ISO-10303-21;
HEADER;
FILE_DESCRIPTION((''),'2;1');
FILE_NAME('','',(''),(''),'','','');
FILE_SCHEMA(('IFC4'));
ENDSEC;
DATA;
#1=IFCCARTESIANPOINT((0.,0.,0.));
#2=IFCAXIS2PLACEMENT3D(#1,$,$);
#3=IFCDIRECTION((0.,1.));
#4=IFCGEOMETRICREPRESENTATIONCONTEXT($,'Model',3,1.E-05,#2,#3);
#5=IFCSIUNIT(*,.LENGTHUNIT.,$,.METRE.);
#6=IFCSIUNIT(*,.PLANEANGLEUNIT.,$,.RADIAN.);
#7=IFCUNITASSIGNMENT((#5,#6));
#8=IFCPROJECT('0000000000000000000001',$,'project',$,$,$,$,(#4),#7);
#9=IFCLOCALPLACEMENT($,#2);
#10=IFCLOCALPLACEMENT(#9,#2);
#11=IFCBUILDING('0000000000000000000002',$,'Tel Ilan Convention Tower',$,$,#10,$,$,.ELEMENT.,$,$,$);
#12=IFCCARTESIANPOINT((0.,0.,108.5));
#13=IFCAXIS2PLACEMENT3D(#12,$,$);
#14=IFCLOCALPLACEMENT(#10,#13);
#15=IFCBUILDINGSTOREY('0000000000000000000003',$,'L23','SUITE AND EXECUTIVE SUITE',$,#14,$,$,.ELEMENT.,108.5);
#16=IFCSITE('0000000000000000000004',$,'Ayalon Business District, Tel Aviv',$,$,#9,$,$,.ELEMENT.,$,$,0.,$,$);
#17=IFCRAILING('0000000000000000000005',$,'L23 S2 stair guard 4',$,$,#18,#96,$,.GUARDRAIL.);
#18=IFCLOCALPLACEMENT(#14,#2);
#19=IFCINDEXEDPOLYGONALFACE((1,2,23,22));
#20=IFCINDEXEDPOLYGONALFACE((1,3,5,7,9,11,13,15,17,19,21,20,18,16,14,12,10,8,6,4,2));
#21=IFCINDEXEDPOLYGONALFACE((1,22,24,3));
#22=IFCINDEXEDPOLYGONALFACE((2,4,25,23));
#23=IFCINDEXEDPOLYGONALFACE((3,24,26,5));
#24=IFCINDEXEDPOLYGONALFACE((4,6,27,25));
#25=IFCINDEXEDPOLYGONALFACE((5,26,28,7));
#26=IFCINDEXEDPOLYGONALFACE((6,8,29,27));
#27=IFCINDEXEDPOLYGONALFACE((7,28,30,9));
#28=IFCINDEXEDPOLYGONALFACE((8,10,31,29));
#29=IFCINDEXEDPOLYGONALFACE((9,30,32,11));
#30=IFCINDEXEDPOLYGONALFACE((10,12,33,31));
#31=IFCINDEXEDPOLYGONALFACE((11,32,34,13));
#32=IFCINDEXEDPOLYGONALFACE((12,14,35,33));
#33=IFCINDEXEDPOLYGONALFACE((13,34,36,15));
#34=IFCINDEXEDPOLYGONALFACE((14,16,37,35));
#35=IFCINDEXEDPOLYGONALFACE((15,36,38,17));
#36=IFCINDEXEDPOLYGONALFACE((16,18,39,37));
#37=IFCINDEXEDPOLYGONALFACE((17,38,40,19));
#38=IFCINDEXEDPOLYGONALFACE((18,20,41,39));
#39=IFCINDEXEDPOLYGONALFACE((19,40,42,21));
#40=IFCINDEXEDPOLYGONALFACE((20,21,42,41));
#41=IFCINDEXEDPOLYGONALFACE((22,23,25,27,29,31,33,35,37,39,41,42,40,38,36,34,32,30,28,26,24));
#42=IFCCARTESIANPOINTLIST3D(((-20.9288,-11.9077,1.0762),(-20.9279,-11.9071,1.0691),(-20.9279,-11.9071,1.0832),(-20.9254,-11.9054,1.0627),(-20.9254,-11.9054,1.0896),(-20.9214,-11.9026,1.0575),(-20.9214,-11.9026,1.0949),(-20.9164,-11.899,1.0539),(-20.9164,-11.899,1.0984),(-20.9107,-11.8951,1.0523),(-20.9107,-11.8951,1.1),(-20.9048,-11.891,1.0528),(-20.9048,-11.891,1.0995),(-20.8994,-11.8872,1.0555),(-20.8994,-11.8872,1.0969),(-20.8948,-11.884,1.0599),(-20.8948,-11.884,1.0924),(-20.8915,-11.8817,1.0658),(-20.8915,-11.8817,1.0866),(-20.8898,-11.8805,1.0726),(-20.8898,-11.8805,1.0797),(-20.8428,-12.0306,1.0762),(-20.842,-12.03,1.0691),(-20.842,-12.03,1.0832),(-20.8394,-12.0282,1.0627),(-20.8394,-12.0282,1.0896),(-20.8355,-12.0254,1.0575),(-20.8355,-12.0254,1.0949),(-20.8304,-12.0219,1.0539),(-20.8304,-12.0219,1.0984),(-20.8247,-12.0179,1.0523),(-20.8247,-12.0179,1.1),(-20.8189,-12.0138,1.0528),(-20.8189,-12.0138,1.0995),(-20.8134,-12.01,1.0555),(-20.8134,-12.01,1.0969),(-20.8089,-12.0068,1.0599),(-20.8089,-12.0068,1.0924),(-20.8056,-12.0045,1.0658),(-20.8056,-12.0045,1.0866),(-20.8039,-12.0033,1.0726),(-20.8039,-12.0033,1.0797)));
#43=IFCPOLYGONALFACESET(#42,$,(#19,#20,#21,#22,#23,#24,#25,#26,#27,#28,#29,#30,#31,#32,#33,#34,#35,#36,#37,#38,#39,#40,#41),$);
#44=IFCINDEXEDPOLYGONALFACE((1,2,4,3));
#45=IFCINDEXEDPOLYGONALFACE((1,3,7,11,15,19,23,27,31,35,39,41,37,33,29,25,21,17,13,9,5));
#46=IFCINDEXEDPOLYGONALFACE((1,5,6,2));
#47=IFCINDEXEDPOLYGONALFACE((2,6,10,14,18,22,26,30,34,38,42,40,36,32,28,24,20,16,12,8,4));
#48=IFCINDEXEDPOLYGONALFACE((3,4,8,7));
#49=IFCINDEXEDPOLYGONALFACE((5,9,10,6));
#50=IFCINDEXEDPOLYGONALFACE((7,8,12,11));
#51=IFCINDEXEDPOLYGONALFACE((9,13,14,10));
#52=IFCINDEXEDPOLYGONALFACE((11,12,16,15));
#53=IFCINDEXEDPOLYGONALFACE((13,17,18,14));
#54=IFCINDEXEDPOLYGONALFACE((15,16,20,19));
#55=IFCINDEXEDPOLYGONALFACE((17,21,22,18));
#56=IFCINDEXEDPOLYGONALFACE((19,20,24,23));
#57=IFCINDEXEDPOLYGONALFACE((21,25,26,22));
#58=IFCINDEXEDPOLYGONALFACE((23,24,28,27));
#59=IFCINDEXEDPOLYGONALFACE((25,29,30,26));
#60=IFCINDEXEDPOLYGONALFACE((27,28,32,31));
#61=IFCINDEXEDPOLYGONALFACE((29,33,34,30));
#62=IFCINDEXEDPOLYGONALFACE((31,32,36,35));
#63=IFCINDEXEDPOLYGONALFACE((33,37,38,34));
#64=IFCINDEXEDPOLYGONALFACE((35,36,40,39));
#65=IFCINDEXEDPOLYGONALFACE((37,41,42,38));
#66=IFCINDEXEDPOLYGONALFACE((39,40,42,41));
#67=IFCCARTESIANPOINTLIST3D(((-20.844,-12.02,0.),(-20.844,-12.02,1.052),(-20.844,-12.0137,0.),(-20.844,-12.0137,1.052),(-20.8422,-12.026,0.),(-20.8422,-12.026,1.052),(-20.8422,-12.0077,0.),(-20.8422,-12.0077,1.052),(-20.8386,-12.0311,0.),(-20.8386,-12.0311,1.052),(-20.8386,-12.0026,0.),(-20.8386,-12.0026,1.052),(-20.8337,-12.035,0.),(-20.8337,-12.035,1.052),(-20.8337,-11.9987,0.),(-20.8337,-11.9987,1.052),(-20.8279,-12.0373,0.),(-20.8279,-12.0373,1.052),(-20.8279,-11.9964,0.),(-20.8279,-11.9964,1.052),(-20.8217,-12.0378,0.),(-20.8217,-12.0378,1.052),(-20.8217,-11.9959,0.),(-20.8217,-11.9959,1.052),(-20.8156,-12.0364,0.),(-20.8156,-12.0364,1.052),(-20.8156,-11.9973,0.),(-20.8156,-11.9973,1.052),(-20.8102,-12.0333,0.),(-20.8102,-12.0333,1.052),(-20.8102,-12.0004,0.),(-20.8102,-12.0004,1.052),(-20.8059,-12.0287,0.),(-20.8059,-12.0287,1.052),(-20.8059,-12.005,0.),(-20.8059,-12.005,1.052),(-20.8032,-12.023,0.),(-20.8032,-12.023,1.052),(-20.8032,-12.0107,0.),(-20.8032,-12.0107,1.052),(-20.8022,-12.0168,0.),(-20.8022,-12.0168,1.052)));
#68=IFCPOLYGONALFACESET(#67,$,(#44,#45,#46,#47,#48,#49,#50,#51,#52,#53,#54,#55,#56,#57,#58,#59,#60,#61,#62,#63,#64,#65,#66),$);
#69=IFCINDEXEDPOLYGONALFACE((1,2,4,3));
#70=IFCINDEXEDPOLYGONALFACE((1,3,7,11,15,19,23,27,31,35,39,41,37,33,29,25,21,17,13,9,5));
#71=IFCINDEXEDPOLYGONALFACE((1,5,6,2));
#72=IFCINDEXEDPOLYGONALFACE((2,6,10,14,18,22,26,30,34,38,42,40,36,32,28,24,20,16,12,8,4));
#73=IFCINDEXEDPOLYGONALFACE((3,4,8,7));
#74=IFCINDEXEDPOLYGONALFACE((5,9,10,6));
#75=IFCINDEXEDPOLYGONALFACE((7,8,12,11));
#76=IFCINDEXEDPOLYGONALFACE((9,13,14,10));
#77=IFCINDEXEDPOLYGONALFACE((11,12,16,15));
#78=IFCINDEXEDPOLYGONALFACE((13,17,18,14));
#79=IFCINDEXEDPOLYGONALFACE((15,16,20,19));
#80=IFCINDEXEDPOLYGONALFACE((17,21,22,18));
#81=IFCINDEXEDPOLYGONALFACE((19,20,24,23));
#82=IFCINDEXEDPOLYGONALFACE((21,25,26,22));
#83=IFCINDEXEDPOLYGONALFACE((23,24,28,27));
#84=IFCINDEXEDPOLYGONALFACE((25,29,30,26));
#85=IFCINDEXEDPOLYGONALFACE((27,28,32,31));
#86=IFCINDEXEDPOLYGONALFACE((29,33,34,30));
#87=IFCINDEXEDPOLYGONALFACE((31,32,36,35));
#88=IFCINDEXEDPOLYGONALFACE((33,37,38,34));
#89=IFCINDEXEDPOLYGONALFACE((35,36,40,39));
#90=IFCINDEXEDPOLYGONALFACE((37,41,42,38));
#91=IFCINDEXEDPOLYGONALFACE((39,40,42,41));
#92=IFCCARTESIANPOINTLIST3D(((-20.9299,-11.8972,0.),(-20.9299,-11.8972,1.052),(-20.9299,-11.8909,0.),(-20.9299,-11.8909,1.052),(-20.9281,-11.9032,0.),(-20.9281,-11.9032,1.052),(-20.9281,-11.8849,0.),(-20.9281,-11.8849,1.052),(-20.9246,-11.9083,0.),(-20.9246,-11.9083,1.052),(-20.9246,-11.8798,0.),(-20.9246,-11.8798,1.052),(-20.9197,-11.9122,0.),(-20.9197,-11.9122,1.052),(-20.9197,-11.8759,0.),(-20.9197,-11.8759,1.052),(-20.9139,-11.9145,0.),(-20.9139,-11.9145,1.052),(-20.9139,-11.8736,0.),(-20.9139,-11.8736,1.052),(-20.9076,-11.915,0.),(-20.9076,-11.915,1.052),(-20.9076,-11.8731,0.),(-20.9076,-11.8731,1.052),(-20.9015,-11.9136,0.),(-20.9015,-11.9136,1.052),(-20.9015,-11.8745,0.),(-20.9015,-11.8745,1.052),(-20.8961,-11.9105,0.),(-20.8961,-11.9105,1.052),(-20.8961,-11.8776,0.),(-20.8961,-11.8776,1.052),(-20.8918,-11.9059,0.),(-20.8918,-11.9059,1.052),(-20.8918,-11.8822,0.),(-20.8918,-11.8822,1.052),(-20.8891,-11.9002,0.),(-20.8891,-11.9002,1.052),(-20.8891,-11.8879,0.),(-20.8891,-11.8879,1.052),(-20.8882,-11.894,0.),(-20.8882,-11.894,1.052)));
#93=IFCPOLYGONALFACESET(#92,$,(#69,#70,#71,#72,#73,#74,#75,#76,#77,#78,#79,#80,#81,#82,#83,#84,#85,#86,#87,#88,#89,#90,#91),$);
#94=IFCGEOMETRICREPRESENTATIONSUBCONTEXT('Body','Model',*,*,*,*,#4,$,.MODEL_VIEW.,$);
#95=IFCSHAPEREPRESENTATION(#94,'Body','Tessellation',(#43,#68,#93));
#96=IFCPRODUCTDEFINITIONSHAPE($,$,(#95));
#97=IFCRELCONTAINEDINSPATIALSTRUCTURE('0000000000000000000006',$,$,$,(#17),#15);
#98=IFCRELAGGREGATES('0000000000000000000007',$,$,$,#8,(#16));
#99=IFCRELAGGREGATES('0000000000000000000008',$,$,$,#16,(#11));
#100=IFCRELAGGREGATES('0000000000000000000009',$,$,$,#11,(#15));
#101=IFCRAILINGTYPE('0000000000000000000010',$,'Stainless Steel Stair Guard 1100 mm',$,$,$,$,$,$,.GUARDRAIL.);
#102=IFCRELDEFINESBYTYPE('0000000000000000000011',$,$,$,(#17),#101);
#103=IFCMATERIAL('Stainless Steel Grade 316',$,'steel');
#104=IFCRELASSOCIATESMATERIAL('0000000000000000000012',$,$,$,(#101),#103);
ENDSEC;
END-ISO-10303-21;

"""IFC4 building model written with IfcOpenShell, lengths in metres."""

from ifc_helpers import new_model, si_unit, direction, frame, origin, origin_2d, place, context, subcontext, project, spatial, circle, extrude, material, type_object, element, save


model = new_model("IFC4")

# Units and contexts
model_context = context("Model", 3, precision=1e-05, world=origin(), true_north=direction((0.0, 1.0)))
body_context = subcontext(model_context, "Body", "Model", "MODEL_VIEW")
ifc_project = project(units=[si_unit("LENGTHUNIT", "METRE"), si_unit("PLANEANGLEUNIT", "RADIAN")], contexts=[model_context])

# Site, building, storey
site_placement = place(None, origin())
site = spatial("IfcSite", under=ifc_project, at=site_placement, Name="Ayalon Business District, Tel Aviv", CompositionType="ELEMENT", RefElevation=0.0)
building_placement = place(site_placement, origin())
building = spatial("IfcBuilding", under=site, at=building_placement, Name="Tel Ilan Convention Tower", CompositionType="ELEMENT")
storey_placement = place(building_placement, frame((0.0, 0.0, 108.5)))
storey = spatial("IfcBuildingStorey", under=building, at=storey_placement, Name="L23", Description="SUITE AND EXECUTIVE SUITE", CompositionType="ELEMENT", Elevation=108.5)

# Railing
ifc_material_1 = material(Name="Stainless Steel Grade 316", Category="steel")
railing_type_1 = type_object("IfcRailingType", Name="Stainless Steel Stair Guard 1100 mm", PredefinedType="GUARDRAIL", material=ifc_material_1)
railing_1_placement = place(storey_placement, frame((-20.8232, -12.0168, 0.0)))
element("IfcRailing", 1, at=railing_1_placement, inside=storey, type_object=railing_type_1, Name="L23 S2 stair guard 4", PredefinedType="GUARDRAIL", context=body_context, shape_type="SweptSolid", body=[
    extrude(circle(Radius=0.0239, at=origin_2d()), frame((0.0, 0.0, 1.0762), z_axis=(-0.573353, 0.819308, 0.0), x_axis=(-0.819308, -0.573353, 0.0)), (0.0, 0.0, 1.0), 0.1499),
    extrude(circle(Radius=0.021, at=origin_2d()), origin(), (0.0, 0.0, 1.0), 1.052),
    extrude(circle(Radius=0.021, at=origin_2d()), frame((-0.0859, 0.1228, 0.0)), (0.0, 0.0, 1.0), 1.052),
])

save(model, "model.ifc")
